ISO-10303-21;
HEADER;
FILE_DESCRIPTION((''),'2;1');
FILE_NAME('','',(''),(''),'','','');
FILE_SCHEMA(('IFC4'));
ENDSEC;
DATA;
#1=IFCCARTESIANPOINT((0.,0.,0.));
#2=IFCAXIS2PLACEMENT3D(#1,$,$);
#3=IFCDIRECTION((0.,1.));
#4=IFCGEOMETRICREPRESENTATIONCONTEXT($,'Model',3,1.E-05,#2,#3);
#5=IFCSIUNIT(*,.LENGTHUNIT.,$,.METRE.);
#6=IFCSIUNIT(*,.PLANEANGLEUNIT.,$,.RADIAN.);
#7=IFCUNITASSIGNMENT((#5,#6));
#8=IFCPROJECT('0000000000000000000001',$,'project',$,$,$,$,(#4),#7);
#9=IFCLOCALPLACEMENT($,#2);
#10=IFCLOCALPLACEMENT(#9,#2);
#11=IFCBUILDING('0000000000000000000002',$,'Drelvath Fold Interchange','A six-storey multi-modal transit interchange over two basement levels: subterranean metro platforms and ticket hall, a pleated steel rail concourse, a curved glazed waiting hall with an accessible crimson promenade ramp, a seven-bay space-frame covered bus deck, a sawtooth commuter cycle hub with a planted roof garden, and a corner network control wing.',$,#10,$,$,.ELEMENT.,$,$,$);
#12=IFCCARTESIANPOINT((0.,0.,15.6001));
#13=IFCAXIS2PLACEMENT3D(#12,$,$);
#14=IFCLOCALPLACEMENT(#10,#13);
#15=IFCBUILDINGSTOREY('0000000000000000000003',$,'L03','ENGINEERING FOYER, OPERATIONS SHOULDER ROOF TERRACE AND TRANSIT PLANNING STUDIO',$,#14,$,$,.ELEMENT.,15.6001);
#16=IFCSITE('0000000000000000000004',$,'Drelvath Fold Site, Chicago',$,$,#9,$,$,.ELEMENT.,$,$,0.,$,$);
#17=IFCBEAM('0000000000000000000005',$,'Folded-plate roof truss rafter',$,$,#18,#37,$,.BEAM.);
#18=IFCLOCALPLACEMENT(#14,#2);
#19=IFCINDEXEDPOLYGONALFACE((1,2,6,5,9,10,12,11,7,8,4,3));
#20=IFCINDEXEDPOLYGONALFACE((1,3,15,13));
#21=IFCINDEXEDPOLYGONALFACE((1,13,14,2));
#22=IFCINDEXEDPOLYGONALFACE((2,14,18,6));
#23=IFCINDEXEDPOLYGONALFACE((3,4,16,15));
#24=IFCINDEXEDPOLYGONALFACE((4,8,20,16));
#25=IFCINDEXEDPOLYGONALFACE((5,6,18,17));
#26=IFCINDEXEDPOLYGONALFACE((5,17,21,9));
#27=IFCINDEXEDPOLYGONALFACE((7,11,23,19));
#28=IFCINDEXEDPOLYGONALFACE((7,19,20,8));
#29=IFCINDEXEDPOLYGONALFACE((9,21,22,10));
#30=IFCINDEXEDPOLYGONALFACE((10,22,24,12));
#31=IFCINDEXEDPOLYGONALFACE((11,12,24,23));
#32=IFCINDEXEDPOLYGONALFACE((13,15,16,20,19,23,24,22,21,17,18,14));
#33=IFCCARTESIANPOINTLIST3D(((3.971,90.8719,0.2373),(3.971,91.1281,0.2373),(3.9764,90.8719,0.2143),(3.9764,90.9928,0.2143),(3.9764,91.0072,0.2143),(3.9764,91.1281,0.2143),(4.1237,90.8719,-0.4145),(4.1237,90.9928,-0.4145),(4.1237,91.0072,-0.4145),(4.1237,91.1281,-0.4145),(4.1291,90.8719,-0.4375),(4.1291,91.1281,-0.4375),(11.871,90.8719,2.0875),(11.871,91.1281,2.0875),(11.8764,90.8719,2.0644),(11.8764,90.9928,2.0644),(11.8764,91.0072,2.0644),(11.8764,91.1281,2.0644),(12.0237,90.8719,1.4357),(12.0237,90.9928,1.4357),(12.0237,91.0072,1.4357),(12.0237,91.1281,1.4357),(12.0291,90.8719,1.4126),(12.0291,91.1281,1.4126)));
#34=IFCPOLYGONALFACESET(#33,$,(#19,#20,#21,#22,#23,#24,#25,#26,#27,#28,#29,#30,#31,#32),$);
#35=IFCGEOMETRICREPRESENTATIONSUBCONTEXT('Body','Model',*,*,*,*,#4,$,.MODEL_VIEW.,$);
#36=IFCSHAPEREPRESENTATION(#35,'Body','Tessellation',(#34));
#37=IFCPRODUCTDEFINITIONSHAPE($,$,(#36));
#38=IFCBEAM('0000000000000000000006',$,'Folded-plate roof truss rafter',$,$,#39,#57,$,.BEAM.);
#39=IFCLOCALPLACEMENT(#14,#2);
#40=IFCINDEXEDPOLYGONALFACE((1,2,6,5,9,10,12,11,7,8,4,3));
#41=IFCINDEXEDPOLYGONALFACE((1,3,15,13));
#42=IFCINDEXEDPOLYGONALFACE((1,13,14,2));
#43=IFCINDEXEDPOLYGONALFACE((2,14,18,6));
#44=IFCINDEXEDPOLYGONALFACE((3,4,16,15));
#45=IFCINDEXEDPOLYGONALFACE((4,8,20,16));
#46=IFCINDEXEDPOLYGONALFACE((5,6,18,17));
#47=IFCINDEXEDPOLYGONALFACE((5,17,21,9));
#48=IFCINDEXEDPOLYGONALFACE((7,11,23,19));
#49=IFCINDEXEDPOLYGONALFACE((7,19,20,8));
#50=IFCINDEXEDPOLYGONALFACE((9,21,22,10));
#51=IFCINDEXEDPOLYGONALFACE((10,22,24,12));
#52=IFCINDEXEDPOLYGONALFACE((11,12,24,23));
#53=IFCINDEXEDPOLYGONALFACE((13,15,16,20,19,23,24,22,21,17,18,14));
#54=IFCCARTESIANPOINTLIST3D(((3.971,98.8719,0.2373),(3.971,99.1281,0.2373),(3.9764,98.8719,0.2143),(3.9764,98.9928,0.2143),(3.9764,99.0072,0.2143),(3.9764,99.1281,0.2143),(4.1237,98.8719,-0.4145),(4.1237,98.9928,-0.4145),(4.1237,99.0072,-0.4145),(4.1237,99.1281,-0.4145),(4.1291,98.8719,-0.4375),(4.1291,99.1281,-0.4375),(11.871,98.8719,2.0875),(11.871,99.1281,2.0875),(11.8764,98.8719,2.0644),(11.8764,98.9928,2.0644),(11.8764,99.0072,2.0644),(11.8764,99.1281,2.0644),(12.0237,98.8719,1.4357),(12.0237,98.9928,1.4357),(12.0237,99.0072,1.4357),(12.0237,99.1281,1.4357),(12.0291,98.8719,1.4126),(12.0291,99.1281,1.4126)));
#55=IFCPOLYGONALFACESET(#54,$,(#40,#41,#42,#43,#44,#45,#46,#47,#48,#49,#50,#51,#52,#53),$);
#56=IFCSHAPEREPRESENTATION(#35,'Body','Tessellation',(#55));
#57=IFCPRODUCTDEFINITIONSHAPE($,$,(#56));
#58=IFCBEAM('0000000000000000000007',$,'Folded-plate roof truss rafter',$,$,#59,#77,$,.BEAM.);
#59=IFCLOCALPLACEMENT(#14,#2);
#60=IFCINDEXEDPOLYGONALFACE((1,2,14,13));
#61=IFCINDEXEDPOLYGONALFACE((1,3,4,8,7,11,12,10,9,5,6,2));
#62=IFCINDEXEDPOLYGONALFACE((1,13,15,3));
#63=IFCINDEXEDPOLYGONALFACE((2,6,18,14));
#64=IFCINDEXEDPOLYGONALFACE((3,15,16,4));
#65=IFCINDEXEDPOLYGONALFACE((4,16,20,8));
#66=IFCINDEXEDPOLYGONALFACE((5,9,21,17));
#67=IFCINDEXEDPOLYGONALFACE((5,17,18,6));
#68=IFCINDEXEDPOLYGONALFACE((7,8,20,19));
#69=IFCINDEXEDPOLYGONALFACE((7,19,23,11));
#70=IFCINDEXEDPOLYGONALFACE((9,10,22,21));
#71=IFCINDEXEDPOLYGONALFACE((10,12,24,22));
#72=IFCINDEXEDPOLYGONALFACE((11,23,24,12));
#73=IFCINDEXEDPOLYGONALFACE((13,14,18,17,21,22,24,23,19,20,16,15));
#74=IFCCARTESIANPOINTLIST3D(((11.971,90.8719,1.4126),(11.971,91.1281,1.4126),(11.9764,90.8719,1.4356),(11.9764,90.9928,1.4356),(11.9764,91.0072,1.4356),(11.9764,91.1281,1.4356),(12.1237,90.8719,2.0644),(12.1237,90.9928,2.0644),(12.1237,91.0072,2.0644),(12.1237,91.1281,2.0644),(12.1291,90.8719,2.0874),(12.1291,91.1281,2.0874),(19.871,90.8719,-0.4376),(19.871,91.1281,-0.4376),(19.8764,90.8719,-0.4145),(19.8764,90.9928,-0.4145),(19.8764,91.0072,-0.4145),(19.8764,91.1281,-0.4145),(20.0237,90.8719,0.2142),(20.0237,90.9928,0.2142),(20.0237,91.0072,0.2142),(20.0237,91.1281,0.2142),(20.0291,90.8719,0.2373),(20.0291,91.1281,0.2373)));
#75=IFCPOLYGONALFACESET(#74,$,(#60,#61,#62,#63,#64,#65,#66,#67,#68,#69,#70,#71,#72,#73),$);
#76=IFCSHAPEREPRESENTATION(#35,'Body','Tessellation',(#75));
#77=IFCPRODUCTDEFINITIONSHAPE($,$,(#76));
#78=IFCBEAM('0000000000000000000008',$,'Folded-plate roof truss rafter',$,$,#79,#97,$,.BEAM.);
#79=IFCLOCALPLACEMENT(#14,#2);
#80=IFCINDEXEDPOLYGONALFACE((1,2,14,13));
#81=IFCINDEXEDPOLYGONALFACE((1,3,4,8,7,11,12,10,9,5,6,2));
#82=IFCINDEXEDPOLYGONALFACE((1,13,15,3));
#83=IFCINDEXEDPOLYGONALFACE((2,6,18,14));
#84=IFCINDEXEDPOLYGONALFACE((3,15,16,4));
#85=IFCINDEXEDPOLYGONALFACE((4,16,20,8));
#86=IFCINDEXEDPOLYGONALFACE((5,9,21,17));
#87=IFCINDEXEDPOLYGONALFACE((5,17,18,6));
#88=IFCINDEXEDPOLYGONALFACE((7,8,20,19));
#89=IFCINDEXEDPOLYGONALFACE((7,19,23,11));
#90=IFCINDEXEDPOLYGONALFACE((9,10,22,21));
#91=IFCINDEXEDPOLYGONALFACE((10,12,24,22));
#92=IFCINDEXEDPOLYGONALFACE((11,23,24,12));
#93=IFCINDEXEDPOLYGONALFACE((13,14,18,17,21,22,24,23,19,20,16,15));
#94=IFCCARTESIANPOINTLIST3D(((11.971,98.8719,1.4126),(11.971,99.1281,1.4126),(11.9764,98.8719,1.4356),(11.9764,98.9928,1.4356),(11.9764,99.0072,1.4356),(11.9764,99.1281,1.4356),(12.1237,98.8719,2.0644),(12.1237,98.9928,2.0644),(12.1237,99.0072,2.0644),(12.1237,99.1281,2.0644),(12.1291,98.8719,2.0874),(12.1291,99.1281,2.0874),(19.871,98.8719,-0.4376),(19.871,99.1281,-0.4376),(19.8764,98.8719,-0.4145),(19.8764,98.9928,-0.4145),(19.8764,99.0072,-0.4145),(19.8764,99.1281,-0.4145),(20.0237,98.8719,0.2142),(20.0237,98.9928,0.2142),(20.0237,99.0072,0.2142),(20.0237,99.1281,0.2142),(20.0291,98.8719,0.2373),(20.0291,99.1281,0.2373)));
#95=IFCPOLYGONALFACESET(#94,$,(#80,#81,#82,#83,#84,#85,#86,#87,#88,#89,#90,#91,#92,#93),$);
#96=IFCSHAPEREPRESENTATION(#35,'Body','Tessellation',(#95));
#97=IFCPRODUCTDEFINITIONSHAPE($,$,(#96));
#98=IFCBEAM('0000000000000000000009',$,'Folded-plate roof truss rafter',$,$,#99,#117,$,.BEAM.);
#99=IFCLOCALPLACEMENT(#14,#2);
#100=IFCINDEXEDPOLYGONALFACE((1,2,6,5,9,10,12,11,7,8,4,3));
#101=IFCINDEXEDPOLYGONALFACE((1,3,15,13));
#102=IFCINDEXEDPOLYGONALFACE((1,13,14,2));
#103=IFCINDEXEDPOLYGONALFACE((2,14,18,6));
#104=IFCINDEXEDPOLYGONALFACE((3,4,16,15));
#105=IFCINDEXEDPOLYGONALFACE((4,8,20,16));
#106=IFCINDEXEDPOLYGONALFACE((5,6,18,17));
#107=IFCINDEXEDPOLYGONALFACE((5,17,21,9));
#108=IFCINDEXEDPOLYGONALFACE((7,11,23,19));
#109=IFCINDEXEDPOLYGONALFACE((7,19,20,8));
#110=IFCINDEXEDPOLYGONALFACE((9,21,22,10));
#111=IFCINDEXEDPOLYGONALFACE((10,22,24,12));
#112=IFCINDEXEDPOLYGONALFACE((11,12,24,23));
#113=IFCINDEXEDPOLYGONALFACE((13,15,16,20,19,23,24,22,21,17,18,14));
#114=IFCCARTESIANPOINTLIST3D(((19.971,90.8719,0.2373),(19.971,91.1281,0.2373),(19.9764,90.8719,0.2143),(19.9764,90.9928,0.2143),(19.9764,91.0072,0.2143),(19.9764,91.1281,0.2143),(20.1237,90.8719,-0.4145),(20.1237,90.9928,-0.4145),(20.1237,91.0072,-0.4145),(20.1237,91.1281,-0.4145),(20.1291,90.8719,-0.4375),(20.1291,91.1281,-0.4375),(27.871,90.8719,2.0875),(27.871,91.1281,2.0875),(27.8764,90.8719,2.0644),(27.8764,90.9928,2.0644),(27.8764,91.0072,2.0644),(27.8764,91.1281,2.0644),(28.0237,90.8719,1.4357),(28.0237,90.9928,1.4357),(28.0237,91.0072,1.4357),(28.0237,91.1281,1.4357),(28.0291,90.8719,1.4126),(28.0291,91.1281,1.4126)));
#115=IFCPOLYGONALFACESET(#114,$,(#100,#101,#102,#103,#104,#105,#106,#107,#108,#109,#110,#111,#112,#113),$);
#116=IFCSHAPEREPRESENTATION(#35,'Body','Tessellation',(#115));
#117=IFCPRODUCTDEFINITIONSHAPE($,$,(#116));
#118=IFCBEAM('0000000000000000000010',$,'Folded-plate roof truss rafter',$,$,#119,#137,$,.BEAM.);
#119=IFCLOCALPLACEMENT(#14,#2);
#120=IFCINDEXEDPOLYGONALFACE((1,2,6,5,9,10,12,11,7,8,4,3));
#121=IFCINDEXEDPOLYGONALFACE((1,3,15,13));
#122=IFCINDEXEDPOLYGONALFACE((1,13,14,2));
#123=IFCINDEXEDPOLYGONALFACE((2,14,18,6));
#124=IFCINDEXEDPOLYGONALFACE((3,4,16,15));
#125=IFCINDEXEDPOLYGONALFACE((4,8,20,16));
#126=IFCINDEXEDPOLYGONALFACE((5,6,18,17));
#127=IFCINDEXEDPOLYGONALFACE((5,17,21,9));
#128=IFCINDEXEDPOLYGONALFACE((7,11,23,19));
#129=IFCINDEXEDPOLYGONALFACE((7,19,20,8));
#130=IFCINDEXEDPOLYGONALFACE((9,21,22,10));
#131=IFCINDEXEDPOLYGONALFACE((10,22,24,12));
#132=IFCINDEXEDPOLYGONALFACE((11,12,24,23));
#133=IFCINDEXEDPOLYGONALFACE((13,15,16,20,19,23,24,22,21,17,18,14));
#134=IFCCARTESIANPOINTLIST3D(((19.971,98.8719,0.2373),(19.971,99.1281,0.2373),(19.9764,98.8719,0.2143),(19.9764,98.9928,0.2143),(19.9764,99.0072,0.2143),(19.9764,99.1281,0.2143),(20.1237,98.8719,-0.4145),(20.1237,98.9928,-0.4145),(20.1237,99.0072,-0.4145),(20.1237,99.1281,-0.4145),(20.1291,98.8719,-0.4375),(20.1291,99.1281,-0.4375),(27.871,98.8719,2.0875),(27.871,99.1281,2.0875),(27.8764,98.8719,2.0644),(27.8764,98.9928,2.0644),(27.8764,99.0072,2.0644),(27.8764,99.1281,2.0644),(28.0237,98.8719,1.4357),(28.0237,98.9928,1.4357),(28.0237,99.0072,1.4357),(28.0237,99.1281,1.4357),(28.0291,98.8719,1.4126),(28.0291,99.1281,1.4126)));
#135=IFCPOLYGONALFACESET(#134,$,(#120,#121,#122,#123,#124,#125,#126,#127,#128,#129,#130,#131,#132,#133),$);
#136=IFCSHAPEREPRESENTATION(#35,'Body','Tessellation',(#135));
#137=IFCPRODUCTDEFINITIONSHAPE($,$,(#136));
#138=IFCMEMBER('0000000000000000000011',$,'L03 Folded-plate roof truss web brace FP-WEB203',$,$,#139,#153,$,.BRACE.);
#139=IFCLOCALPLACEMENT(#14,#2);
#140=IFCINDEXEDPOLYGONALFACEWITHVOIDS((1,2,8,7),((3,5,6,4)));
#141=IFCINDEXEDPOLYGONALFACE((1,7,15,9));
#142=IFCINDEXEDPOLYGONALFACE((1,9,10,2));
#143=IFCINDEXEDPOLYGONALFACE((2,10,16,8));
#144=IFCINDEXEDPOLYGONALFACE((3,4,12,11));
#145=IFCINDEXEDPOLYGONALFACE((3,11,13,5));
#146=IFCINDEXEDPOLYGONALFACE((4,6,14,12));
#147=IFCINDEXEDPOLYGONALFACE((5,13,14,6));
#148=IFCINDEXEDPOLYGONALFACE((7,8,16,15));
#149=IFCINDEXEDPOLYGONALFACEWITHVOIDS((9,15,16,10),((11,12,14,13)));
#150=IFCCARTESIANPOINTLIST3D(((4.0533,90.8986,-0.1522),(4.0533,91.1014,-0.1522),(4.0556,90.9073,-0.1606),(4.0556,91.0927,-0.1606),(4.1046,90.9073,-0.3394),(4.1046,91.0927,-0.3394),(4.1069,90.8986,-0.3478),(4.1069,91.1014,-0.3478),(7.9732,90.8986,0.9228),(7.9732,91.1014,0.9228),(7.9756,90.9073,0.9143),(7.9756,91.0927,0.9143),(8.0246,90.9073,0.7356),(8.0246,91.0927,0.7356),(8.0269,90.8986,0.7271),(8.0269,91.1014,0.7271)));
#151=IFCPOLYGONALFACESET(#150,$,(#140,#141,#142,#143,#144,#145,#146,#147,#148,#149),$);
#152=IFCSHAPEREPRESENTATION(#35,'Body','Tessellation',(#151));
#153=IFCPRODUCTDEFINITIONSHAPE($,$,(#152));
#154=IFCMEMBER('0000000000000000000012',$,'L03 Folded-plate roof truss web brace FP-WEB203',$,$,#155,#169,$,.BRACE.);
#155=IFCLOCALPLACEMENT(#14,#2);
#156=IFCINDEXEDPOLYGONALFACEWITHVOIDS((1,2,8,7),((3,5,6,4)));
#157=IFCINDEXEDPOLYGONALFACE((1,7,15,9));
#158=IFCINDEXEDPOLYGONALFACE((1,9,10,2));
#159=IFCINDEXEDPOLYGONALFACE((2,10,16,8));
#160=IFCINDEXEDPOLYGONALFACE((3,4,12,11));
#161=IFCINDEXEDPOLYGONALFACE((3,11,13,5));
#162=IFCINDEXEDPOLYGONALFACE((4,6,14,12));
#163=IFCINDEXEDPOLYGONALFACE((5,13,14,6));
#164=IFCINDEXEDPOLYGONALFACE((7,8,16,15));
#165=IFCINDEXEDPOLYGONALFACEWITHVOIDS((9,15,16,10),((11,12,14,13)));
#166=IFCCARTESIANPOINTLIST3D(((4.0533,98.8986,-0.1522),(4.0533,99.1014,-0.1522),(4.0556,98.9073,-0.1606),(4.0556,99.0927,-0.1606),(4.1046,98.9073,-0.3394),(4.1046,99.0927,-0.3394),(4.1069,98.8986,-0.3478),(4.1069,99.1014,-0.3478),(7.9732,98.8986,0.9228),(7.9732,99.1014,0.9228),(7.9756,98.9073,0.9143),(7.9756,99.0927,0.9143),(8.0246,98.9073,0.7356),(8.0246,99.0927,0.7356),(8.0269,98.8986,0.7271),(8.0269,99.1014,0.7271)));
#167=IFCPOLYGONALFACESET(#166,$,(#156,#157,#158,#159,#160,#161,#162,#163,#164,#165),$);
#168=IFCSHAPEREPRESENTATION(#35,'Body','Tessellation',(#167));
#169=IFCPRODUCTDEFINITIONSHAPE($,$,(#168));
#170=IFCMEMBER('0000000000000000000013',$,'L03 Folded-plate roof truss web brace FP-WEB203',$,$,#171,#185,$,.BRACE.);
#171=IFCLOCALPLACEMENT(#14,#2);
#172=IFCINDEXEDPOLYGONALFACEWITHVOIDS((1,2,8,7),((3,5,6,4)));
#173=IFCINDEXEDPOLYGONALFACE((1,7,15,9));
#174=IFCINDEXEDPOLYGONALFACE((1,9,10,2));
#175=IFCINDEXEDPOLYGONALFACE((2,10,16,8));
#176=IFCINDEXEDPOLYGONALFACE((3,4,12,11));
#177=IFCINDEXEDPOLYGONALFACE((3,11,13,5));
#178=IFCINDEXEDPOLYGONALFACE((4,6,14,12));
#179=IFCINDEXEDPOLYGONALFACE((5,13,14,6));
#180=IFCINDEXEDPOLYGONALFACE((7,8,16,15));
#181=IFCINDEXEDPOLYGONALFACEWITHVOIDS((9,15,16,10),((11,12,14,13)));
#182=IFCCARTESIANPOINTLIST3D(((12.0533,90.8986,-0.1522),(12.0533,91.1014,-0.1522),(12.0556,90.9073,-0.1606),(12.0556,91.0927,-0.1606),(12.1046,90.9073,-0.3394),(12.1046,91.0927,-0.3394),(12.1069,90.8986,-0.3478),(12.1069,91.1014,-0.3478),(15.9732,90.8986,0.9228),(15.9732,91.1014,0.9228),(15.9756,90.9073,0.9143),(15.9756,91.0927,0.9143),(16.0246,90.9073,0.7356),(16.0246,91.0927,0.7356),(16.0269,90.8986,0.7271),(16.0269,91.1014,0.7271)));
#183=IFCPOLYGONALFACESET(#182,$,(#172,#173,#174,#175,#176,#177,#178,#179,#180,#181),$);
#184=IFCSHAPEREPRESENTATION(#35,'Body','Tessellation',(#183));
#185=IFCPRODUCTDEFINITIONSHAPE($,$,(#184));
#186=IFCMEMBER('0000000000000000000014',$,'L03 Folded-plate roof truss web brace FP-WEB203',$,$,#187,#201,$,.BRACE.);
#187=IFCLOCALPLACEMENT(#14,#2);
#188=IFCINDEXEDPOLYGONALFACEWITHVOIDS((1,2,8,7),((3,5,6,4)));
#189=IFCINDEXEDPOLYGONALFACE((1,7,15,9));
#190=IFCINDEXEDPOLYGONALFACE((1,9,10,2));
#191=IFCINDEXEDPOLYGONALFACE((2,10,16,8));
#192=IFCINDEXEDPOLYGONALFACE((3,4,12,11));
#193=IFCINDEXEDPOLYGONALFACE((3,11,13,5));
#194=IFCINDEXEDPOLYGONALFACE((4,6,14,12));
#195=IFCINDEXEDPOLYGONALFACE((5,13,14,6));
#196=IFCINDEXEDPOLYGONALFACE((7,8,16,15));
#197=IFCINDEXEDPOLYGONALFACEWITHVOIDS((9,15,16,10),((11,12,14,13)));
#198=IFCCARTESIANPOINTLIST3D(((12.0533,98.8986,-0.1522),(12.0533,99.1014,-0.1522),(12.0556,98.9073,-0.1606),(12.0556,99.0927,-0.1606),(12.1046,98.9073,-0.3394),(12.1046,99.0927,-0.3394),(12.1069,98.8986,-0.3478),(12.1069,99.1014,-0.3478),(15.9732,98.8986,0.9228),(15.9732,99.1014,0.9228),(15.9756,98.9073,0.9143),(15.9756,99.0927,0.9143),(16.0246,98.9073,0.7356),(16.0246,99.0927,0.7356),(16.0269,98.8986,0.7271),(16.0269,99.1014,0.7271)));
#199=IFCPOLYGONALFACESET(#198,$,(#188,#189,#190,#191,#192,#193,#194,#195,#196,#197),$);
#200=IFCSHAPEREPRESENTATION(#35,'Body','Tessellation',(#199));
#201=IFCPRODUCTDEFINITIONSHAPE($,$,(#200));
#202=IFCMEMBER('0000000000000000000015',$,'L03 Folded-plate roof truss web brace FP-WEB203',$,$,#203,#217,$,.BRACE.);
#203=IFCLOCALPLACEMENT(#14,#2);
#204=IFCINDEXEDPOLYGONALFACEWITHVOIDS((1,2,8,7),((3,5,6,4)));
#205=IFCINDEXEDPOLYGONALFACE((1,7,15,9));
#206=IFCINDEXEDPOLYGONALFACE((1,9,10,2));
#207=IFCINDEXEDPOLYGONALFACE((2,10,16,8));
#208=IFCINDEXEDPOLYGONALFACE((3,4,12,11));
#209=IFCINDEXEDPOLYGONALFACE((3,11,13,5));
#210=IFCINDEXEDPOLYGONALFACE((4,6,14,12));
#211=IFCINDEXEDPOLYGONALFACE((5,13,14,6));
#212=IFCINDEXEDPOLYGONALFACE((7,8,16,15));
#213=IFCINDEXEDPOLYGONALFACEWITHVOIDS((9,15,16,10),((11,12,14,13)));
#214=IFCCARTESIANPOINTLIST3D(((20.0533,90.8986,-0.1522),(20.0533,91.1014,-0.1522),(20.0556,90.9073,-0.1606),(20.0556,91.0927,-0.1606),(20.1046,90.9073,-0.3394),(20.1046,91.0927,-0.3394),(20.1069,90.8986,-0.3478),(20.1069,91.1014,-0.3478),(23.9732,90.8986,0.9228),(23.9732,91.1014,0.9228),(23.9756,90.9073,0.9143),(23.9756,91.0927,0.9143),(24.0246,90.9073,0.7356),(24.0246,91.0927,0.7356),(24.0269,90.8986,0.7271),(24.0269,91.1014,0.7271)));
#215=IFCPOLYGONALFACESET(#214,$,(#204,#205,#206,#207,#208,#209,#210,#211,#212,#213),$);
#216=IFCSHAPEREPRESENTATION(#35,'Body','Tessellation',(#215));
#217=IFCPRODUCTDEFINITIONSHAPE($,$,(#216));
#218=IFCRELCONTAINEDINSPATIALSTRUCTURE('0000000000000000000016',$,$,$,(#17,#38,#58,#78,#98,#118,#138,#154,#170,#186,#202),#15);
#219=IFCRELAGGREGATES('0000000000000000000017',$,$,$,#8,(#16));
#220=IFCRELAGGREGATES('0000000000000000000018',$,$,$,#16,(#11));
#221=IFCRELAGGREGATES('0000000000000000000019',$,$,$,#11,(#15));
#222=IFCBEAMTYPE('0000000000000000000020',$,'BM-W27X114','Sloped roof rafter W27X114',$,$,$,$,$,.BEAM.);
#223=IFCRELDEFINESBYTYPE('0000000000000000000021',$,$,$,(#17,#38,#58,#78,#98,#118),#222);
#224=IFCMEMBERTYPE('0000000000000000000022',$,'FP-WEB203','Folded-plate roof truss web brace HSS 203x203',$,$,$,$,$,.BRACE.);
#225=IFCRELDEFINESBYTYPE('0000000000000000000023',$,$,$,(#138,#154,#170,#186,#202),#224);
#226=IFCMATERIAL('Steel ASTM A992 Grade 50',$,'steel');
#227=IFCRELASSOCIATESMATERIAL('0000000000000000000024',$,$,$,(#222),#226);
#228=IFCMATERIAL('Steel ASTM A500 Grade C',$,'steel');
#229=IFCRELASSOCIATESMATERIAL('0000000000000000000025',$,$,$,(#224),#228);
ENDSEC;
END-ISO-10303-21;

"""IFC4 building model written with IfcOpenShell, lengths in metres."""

from ifc_helpers import new_model, si_unit, direction, frame, origin, origin_2d, place, context, subcontext, project, spatial, hollow_rectangle, i_section, extrude, material, material_profile, profile_set, type_object, element, save


model = new_model("IFC4")

# Units and contexts
model_context = context("Model", 3, precision=1e-05, world=origin(), true_north=direction((0.0, 1.0)))
body_context = subcontext(model_context, "Body", "Model", "MODEL_VIEW")
ifc_project = project(units=[si_unit("LENGTHUNIT", "METRE"), si_unit("PLANEANGLEUNIT", "RADIAN")], contexts=[model_context])

# Site, building, storey
site_placement = place(None, origin())
site = spatial("IfcSite", under=ifc_project, at=site_placement, Name="Drelvath Fold Site, Chicago", CompositionType="ELEMENT", RefElevation=0.0)
building_placement = place(site_placement, origin())
building = spatial("IfcBuilding", under=site, at=building_placement, Name="Drelvath Fold Interchange", Description="A six-storey multi-modal transit interchange over two basement levels: subterranean metro platforms and ticket hall, a pleated steel rail concourse, a curved glazed waiting hall with an accessible crimson promenade ramp, a seven-bay space-frame covered bus deck, a sawtooth commuter cycle hub with a planted roof garden, and a corner network control wing.", CompositionType="ELEMENT")
storey_placement = place(building_placement, frame((0.0, 0.0, 15.6001)))
storey = spatial("IfcBuildingStorey", under=building, at=storey_placement, Name="L03", Description="ENGINEERING FOYER, OPERATIONS SHOULDER ROOF TERRACE AND TRANSIT PLANNING STUDIO", CompositionType="ELEMENT", Elevation=15.6001)

# Beams
ifc_material_1 = material(Name="Steel ASTM A992 Grade 50", Category="steel")
ifc_material_profile_1 = material_profile(ifc_material_1, i_section(OverallWidth=0.2561, OverallDepth=0.6931, WebThickness=0.0144, FlangeThickness=0.0237, at=origin_2d()), Name="W27X114")
ifc_profile_set_1 = profile_set([ifc_material_profile_1], Name="Steel ASTM A992 Grade 50")
beam_type = type_object("IfcBeamType", Name="BM-W27X114", Description="Sloped roof rafter W27X114", PredefinedType="BEAM", material=ifc_profile_set_1)
for number, where, z_axis, x_axis, name in (
    (1, (4.05, 91.0, -0.1001), (0.973656, 0.0, 0.228023), (0.0, 1.0, 0.0), "Folded-plate roof truss rafter"),
    (2, (4.05, 99.0, -0.1001), (0.973656, 0.0, 0.228023), (0.0, 1.0, 0.0), "Folded-plate roof truss rafter"),
    (3, (12.05, 91.0, 1.75), (0.973656, 0.0, -0.228023), (0.0, 1.0, 0.0), "Folded-plate roof truss rafter"),
    (4, (12.05, 99.0, 1.75), (0.973656, 0.0, -0.228023), (0.0, 1.0, 0.0), "Folded-plate roof truss rafter"),
    (5, (20.05, 91.0, -0.1001), (0.973656, 0.0, 0.228023), (0.0, 1.0, 0.0), "Folded-plate roof truss rafter"),
    (6, (20.05, 99.0, -0.1001), (0.973656, 0.0, 0.228023), (0.0, 1.0, 0.0), "Folded-plate roof truss rafter"),
):
    element("IfcBeam", number, at=place(storey_placement, frame(where, z_axis=z_axis, x_axis=x_axis)), inside=storey, type_object=beam_type, Name=name, PredefinedType="BEAM", context=body_context, shape_type="SweptSolid", body=[
        extrude(i_section(OverallWidth=0.2561, OverallDepth=0.6931, WebThickness=0.0144, FlangeThickness=0.0237, at=origin_2d()), origin(), (0.0, 0.0, 1.0), 8.1138),
    ])

# Members
ifc_material_2 = material(Name="Steel ASTM A500 Grade C", Category="steel")
ifc_material_profile_2 = material_profile(ifc_material_2, hollow_rectangle(XDim=0.2029, YDim=0.2029, WallThickness=0.0088, at=origin_2d()), Name="HSS8X8X3/8")
ifc_profile_set_2 = profile_set([ifc_material_profile_2], Name="Steel ASTM A500 Grade C")
member_type_1 = type_object("IfcMemberType", Name="FP-WEB203", Description="Folded-plate roof truss web brace HSS 203x203", PredefinedType="BRACE", material=ifc_profile_set_2)
for number, where, z_axis, x_axis, name in (
    (7, (4.0801, 91.0, -0.25), (0.964396, 0.0, 0.264464), (0.0, 1.0, 0.0), "L03 Folded-plate roof truss web brace FP-WEB203"),
    (8, (4.0801, 99.0, -0.25), (0.964396, 0.0, 0.264464), (0.0, 1.0, 0.0), "L03 Folded-plate roof truss web brace FP-WEB203"),
    (9, (12.0801, 91.0, -0.25), (0.964396, 0.0, 0.264464), (0.0, 1.0, 0.0), "L03 Folded-plate roof truss web brace FP-WEB203"),
    (10, (12.0801, 99.0, -0.25), (0.964396, 0.0, 0.264464), (0.0, 1.0, 0.0), "L03 Folded-plate roof truss web brace FP-WEB203"),
    (11, (20.0801, 91.0, -0.25), (0.964396, 0.0, 0.264464), (0.0, 1.0, 0.0), "L03 Folded-plate roof truss web brace FP-WEB203"),
):
    element("IfcMember", number, at=place(storey_placement, frame(where, z_axis=z_axis, x_axis=x_axis)), inside=storey, type_object=member_type_1, Name=name, PredefinedType="BRACE", context=body_context, shape_type="SweptSolid", body=[
        extrude(hollow_rectangle(XDim=0.2029, YDim=0.2029, WallThickness=0.0088, at=origin_2d()), origin(), (0.0, 0.0, 1.0), 4.0647),
    ])

save(model, "model.ifc")
